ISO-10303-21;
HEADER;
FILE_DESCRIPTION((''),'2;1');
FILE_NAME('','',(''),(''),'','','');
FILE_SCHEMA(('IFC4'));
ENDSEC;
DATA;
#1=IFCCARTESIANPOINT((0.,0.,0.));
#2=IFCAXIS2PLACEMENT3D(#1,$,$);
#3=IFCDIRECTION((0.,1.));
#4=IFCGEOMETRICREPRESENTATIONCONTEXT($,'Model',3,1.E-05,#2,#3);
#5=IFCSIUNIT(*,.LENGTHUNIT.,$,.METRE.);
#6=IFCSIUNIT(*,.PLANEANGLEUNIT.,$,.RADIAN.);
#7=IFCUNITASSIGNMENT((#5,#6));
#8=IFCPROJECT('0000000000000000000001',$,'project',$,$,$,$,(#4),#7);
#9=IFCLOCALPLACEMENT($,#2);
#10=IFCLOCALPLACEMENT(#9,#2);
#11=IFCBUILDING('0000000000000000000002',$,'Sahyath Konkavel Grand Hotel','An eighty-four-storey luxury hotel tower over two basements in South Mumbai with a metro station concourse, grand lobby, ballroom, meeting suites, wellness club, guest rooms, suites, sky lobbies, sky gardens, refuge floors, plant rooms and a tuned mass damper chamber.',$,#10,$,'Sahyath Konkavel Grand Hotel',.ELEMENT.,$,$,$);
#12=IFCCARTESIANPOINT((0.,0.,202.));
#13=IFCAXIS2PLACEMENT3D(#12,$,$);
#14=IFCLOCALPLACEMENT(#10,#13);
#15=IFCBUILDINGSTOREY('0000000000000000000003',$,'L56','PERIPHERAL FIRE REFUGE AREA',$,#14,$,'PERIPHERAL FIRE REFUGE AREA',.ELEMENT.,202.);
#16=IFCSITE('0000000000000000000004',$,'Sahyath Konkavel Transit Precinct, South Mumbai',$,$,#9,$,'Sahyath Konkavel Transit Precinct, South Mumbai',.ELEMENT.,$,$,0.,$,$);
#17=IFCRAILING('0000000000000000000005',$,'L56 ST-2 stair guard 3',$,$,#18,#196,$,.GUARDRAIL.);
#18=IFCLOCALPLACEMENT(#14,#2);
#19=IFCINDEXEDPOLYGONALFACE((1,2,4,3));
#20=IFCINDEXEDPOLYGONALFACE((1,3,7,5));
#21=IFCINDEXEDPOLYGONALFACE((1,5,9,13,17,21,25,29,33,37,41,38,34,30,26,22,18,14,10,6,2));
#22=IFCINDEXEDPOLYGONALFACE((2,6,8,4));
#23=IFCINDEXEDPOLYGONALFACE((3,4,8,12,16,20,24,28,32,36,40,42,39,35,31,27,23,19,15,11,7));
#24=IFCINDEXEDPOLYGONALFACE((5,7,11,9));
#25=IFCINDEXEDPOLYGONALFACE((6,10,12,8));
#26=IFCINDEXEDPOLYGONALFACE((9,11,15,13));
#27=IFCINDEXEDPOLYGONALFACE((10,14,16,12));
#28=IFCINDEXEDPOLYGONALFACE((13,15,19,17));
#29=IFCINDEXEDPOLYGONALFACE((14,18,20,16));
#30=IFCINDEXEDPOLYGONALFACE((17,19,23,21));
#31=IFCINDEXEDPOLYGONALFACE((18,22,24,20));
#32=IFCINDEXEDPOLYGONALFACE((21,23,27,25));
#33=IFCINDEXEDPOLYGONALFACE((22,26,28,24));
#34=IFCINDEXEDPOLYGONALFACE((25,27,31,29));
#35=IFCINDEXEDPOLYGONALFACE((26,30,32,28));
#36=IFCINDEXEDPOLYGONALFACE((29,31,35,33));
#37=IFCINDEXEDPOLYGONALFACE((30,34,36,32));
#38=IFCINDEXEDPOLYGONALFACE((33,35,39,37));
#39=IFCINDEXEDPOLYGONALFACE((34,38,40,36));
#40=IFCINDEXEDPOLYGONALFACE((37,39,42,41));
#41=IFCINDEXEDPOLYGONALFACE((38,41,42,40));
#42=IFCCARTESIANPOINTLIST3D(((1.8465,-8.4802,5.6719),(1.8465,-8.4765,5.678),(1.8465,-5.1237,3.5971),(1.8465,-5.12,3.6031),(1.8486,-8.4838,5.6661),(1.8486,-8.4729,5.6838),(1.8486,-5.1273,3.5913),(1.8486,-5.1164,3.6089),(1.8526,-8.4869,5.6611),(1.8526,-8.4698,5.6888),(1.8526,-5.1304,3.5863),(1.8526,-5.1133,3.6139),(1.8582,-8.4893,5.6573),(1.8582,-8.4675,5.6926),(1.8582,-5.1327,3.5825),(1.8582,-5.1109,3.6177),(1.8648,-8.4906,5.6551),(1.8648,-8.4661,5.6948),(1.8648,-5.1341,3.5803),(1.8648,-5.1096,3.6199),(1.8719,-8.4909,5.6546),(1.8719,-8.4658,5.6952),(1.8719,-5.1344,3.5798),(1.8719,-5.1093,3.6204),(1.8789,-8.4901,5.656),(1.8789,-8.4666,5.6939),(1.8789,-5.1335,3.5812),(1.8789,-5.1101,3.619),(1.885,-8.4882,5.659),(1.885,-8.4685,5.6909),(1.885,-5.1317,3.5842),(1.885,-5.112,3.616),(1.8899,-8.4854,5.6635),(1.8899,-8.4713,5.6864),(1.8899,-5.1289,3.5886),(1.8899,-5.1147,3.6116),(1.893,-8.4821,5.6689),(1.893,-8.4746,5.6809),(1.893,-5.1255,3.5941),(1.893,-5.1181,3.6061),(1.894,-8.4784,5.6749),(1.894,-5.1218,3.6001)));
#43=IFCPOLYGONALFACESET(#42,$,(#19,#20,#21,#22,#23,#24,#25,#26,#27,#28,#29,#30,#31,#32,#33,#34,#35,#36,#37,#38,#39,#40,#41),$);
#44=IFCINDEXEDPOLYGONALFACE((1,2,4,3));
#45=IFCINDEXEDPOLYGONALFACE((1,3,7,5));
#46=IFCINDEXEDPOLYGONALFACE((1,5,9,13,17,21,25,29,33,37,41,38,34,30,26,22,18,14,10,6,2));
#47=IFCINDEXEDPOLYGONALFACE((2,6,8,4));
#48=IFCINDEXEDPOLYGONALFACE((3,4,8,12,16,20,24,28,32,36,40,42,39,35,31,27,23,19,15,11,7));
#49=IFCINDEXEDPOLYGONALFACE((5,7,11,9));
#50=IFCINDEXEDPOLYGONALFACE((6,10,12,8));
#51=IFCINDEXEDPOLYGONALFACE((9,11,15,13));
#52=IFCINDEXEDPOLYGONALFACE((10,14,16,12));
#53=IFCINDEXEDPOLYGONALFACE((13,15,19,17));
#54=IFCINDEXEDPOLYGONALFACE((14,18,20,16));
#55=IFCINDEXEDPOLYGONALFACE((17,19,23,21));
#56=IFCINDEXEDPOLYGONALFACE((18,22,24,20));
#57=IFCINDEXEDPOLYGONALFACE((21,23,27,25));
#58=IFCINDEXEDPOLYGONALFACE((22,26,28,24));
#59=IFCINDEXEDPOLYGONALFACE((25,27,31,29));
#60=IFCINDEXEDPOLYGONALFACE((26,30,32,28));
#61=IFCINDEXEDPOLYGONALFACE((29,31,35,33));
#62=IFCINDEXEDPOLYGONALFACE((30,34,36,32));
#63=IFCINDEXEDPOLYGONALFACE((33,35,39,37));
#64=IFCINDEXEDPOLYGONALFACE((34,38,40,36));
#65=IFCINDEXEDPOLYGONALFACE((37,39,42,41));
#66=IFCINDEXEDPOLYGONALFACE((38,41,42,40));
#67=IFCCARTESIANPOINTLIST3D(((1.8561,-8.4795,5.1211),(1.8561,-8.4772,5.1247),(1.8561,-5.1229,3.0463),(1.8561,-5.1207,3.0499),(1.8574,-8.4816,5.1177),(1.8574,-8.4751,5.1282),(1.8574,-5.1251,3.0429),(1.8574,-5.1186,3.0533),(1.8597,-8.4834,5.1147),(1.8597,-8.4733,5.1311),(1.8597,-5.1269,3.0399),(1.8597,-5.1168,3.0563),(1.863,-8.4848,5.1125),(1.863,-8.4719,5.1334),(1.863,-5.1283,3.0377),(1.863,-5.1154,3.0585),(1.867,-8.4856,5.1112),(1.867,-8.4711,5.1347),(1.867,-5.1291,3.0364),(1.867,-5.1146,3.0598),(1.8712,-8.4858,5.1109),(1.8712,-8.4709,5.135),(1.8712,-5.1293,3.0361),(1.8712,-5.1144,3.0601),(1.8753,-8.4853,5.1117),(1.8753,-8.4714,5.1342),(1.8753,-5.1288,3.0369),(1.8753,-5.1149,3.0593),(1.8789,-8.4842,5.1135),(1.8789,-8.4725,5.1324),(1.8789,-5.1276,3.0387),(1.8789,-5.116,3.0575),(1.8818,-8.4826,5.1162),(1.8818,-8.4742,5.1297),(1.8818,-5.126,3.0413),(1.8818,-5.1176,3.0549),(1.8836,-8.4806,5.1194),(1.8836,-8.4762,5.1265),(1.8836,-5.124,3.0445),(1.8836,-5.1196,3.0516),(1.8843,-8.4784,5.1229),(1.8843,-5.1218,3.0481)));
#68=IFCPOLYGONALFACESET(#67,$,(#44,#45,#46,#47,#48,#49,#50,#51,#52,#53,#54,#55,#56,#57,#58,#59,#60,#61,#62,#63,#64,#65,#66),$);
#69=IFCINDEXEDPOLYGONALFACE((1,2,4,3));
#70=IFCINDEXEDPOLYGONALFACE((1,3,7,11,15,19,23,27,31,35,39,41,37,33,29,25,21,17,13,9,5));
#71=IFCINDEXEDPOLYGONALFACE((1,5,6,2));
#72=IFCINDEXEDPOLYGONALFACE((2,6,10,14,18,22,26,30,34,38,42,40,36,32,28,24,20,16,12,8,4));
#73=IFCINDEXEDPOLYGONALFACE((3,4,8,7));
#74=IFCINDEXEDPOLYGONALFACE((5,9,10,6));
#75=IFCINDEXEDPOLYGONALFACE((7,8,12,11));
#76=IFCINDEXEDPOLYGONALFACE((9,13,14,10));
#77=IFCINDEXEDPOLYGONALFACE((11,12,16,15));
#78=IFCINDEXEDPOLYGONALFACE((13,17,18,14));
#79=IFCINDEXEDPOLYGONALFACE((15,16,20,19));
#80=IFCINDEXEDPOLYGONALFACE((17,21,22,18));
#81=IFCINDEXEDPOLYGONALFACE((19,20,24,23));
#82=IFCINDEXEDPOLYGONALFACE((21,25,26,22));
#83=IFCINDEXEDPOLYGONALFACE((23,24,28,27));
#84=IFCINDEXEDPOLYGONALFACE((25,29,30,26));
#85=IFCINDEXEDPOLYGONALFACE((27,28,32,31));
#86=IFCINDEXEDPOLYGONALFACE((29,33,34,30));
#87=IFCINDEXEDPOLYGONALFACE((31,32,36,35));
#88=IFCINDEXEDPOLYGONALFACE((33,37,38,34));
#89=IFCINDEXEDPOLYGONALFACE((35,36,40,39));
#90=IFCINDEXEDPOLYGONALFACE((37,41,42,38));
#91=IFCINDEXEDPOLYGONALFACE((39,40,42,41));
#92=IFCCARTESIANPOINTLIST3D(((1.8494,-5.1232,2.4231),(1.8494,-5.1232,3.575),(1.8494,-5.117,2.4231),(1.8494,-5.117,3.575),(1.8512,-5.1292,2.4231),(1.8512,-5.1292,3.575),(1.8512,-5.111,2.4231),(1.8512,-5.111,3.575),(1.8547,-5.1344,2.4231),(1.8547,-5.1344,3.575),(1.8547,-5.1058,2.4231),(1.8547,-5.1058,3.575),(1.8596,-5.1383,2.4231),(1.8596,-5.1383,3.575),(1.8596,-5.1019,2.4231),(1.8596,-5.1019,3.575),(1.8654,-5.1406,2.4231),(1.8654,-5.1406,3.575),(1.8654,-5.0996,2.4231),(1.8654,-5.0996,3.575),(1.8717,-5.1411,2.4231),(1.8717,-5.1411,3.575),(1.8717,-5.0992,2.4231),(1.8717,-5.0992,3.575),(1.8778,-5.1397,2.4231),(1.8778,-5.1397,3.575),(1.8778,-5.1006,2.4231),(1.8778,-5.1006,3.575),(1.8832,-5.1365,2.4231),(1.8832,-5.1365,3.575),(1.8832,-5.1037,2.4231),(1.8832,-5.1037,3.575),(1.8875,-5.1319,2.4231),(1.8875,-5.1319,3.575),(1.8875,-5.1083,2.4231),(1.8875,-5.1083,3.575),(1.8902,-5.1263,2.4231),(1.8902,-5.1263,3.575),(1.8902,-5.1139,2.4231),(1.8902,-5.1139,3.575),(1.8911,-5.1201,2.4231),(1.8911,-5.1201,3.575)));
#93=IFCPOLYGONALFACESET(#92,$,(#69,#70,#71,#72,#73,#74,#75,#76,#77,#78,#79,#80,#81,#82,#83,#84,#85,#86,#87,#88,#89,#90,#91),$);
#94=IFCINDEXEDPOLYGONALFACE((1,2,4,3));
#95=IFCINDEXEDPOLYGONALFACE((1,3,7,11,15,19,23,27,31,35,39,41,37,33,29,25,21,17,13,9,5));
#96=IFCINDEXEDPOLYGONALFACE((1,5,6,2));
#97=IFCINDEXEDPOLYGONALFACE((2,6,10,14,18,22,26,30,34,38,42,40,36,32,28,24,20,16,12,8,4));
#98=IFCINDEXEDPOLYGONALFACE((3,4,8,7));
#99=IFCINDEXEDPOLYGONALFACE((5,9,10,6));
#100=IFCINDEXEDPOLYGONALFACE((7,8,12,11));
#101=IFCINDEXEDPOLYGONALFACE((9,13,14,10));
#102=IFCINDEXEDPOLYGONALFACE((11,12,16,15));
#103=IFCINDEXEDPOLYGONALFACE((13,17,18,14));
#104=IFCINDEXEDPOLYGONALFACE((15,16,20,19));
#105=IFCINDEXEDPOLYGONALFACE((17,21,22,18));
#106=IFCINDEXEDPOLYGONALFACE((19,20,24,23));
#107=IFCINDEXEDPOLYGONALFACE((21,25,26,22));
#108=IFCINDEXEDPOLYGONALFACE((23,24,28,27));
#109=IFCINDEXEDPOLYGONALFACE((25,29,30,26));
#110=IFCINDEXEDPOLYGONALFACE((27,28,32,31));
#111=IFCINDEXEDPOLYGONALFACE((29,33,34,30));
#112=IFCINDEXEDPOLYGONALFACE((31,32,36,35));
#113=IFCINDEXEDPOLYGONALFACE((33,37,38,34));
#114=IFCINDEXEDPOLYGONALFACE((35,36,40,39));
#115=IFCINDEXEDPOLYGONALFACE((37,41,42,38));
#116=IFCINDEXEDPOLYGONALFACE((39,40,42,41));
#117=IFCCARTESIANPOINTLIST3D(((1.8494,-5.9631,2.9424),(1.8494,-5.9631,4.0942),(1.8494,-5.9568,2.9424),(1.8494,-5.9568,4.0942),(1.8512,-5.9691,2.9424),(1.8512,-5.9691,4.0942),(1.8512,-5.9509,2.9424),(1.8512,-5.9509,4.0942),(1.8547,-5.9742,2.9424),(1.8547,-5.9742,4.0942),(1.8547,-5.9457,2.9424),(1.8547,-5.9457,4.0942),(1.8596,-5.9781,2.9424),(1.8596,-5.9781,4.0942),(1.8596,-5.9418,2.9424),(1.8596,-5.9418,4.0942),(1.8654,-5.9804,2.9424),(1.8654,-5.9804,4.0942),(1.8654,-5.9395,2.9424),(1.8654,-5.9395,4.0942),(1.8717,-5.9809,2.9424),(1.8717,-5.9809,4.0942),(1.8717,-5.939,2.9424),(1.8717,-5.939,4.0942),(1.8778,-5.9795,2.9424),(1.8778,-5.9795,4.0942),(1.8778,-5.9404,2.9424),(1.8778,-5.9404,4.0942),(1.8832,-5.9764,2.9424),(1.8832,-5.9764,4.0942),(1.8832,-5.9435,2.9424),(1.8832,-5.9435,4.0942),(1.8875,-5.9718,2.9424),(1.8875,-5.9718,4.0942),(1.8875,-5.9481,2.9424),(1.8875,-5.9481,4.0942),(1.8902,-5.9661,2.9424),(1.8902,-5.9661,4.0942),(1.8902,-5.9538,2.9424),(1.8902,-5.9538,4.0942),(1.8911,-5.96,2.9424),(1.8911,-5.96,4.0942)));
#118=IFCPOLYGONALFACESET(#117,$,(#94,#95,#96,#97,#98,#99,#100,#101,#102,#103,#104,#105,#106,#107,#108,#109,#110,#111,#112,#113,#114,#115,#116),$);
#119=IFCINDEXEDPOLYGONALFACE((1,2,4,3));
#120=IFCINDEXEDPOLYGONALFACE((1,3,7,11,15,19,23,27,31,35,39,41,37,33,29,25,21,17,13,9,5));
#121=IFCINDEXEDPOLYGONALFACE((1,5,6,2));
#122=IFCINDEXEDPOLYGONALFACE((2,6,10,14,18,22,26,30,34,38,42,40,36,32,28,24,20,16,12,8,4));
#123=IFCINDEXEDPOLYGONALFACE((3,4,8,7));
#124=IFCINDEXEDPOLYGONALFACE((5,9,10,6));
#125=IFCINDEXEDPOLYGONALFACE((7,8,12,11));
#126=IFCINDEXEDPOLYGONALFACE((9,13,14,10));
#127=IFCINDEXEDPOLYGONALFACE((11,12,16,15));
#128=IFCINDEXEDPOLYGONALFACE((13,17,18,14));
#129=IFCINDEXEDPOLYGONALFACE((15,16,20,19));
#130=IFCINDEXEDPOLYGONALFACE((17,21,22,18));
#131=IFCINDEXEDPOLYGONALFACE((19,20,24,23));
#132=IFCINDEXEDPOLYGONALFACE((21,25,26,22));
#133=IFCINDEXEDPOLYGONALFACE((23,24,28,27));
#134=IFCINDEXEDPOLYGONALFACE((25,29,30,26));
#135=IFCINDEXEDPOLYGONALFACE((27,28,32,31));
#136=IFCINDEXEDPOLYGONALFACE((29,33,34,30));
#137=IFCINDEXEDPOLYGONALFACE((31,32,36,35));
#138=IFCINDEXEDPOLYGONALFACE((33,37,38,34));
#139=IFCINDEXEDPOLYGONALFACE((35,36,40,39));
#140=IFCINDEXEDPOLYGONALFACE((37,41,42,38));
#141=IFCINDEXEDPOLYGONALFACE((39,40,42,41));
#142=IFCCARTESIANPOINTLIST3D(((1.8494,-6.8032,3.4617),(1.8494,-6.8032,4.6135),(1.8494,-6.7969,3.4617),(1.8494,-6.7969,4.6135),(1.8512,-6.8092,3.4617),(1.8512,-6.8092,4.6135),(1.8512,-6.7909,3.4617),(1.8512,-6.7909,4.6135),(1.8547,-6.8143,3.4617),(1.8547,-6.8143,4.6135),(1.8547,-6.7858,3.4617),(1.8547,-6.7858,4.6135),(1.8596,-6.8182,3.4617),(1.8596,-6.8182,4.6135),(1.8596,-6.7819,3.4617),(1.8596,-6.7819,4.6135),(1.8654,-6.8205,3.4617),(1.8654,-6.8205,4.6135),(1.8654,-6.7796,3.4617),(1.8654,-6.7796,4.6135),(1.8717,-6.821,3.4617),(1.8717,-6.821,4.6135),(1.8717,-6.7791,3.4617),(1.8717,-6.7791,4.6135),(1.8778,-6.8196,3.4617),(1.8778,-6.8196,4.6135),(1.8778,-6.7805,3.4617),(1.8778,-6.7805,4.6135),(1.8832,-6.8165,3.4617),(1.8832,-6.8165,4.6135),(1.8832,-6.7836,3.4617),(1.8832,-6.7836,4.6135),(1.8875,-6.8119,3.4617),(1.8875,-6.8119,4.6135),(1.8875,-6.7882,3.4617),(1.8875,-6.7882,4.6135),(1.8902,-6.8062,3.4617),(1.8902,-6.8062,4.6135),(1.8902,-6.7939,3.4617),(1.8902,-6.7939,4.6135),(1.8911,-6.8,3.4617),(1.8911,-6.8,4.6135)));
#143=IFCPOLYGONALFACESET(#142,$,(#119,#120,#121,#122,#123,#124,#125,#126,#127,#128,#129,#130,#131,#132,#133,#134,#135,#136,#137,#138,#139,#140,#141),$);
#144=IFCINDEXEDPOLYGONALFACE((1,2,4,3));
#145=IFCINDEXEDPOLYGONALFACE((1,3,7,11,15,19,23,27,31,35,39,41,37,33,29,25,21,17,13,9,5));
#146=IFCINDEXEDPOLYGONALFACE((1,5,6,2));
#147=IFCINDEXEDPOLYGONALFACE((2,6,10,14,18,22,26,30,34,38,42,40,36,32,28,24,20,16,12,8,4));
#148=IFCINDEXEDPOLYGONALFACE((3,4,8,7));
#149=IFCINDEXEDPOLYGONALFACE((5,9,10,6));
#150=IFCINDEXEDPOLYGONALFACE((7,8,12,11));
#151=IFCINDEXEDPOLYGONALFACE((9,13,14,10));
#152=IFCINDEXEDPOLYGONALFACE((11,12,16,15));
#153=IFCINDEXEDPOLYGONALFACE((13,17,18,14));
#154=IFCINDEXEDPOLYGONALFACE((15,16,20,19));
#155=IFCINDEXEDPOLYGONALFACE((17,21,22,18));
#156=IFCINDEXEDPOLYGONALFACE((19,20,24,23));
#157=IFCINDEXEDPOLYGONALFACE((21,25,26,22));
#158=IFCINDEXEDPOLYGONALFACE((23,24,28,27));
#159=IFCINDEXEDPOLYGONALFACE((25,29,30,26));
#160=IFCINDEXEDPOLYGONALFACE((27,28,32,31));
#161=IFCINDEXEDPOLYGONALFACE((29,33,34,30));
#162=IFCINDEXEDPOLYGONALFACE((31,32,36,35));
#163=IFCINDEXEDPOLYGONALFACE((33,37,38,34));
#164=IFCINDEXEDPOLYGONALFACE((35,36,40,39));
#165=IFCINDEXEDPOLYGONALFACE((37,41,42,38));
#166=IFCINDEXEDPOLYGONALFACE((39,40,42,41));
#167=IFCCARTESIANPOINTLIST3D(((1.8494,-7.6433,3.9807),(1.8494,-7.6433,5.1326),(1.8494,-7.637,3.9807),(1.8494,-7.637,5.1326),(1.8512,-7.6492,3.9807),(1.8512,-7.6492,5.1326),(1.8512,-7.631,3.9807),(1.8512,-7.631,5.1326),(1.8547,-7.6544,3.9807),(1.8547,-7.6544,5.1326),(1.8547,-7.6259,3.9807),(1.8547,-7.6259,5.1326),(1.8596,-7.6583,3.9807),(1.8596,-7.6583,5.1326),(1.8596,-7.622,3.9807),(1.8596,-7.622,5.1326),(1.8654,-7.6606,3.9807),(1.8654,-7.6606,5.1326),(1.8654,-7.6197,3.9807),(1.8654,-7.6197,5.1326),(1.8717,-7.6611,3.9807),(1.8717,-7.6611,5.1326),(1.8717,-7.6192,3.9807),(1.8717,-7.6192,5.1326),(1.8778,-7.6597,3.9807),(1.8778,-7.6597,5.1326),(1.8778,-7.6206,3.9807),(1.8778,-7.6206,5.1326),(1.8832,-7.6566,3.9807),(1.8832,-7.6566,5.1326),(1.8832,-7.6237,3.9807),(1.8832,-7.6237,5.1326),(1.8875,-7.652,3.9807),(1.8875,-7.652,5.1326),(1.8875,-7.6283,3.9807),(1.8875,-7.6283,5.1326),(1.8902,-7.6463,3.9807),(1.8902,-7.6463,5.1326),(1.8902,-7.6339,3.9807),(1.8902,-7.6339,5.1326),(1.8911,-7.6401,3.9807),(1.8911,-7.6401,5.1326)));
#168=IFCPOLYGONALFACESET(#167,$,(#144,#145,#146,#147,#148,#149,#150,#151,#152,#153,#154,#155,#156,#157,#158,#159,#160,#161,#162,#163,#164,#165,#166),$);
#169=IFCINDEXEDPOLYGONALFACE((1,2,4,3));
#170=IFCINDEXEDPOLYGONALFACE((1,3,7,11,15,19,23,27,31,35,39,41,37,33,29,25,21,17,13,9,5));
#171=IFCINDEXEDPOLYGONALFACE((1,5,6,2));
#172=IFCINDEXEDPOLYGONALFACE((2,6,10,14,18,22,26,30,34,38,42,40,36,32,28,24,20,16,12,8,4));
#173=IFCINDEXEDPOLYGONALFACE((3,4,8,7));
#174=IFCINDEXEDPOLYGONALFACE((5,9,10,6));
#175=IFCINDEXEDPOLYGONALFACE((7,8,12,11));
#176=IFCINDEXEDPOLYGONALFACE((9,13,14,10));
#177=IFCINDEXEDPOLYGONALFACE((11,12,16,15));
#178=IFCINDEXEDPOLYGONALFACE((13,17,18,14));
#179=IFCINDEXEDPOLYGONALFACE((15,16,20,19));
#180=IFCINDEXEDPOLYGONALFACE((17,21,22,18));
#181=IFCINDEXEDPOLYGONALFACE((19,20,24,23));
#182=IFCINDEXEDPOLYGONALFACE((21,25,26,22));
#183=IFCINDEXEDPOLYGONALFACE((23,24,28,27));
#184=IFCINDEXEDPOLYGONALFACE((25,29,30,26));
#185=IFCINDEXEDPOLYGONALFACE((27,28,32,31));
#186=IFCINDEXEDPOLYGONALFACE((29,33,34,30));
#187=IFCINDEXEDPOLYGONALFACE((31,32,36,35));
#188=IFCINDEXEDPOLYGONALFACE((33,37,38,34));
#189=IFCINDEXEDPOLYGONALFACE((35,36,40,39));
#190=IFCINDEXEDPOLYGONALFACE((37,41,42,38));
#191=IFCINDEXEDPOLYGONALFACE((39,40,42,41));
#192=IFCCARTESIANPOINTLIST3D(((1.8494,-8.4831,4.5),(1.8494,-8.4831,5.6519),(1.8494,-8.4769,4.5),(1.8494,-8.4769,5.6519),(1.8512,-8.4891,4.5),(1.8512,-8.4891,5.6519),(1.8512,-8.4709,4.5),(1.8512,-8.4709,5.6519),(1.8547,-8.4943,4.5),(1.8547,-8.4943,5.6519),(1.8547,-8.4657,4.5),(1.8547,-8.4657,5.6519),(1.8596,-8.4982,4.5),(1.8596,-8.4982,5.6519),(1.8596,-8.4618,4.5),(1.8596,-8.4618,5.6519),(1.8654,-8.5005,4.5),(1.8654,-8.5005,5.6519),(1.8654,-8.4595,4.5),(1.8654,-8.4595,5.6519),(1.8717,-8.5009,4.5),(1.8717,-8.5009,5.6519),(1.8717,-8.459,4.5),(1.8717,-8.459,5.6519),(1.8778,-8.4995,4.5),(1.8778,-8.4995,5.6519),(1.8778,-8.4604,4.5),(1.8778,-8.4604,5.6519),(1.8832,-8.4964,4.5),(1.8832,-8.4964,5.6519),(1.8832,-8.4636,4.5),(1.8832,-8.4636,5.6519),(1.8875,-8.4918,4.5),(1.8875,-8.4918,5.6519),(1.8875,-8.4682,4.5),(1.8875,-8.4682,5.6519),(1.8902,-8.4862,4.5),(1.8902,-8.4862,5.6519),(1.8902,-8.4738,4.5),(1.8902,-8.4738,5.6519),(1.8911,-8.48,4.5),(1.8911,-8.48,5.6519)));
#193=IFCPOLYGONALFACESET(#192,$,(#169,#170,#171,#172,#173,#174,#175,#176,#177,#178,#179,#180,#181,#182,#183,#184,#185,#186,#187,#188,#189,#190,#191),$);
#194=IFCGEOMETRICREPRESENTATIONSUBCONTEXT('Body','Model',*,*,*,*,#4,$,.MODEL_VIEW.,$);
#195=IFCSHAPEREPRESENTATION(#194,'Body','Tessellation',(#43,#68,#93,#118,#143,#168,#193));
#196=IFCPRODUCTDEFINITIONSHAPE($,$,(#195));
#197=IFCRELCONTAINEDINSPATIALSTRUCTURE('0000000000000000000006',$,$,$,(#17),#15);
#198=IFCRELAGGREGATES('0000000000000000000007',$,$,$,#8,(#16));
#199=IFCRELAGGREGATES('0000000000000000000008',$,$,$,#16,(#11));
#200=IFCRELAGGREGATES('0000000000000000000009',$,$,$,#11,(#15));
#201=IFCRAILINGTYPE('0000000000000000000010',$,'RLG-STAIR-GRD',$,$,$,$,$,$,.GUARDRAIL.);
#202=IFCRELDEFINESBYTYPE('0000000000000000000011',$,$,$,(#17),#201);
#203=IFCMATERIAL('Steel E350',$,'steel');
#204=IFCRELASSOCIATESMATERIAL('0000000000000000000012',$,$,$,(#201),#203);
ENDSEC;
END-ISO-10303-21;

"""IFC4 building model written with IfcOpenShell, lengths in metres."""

from ifc_helpers import new_model, si_unit, direction, frame, origin, origin_2d, place, context, subcontext, project, spatial, circle, extrude, material, type_object, element, save


model = new_model("IFC4")

# Units and contexts
model_context = context("Model", 3, precision=1e-05, world=origin(), true_north=direction((0.0, 1.0)))
body_context = subcontext(model_context, "Body", "Model", "MODEL_VIEW")
ifc_project = project(units=[si_unit("LENGTHUNIT", "METRE"), si_unit("PLANEANGLEUNIT", "RADIAN")], contexts=[model_context])

# Site, building, storey
site_placement = place(None, origin())
site = spatial("IfcSite", under=ifc_project, at=site_placement, Name="Sahyath Konkavel Transit Precinct, South Mumbai", LongName="Sahyath Konkavel Transit Precinct, South Mumbai", CompositionType="ELEMENT", RefElevation=0.0)
building_placement = place(site_placement, origin())
building = spatial("IfcBuilding", under=site, at=building_placement, Name="Sahyath Konkavel Grand Hotel", Description="An eighty-four-storey luxury hotel tower over two basements in South Mumbai with a metro station concourse, grand lobby, ballroom, meeting suites, wellness club, guest rooms, suites, sky lobbies, sky gardens, refuge floors, plant rooms and a tuned mass damper chamber.", LongName="Sahyath Konkavel Grand Hotel", CompositionType="ELEMENT")
storey_placement = place(building_placement, frame((0.0, 0.0, 202.0)))
storey = spatial("IfcBuildingStorey", under=building, at=storey_placement, Name="L56", Description="PERIPHERAL FIRE REFUGE AREA", LongName="PERIPHERAL FIRE REFUGE AREA", CompositionType="ELEMENT", Elevation=202.0)

# Shared definitions
ifc_material_1 = material(Name="Steel E350", Category="steel")

# Railing
railing_type_1 = type_object("IfcRailingType", Name="RLG-STAIR-GRD", PredefinedType="GUARDRAIL", material=ifc_material_1)
railing_1_placement = place(storey_placement, frame((1.8701, -5.1201, 2.4231)))
element("IfcRailing", 1, at=railing_1_placement, inside=storey, type_object=railing_type_1, Name="L56 ST-2 stair guard 3", PredefinedType="GUARDRAIL", context=body_context, shape_type="SweptSolid", body=[
    extrude(circle(Radius=0.0239, at=origin_2d()), frame((0.0, -0.0017, 1.177), z_axis=(0.0, -0.850606, 0.525803), x_axis=(1.0, 0.0, 0.0)), (0.0, 0.0, 1.0), 3.946),
    extrude(circle(Radius=0.0142, at=origin_2d()), frame((0.0, -0.0017, 0.625), z_axis=(0.0, -0.850606, 0.525803), x_axis=(1.0, 0.0, 0.0)), (0.0, 0.0, 1.0), 3.946),
    extrude(circle(Radius=0.021, at=origin_2d()), origin(), (0.0, 0.0, 1.0), 1.1519),
    extrude(circle(Radius=0.021, at=origin_2d()), frame((0.0, -0.8398, 0.5193)), (0.0, 0.0, 1.0), 1.1519),
    extrude(circle(Radius=0.021, at=origin_2d()), frame((0.0, -1.6799, 1.0386)), (0.0, 0.0, 1.0), 1.1519),
    extrude(circle(Radius=0.021, at=origin_2d()), frame((0.0, -2.52, 1.5576)), (0.0, 0.0, 1.0), 1.1519),
    extrude(circle(Radius=0.021, at=origin_2d()), frame((0.0, -3.3599, 2.0769)), (0.0, 0.0, 1.0), 1.1519),
])

save(model, "model.ifc")
